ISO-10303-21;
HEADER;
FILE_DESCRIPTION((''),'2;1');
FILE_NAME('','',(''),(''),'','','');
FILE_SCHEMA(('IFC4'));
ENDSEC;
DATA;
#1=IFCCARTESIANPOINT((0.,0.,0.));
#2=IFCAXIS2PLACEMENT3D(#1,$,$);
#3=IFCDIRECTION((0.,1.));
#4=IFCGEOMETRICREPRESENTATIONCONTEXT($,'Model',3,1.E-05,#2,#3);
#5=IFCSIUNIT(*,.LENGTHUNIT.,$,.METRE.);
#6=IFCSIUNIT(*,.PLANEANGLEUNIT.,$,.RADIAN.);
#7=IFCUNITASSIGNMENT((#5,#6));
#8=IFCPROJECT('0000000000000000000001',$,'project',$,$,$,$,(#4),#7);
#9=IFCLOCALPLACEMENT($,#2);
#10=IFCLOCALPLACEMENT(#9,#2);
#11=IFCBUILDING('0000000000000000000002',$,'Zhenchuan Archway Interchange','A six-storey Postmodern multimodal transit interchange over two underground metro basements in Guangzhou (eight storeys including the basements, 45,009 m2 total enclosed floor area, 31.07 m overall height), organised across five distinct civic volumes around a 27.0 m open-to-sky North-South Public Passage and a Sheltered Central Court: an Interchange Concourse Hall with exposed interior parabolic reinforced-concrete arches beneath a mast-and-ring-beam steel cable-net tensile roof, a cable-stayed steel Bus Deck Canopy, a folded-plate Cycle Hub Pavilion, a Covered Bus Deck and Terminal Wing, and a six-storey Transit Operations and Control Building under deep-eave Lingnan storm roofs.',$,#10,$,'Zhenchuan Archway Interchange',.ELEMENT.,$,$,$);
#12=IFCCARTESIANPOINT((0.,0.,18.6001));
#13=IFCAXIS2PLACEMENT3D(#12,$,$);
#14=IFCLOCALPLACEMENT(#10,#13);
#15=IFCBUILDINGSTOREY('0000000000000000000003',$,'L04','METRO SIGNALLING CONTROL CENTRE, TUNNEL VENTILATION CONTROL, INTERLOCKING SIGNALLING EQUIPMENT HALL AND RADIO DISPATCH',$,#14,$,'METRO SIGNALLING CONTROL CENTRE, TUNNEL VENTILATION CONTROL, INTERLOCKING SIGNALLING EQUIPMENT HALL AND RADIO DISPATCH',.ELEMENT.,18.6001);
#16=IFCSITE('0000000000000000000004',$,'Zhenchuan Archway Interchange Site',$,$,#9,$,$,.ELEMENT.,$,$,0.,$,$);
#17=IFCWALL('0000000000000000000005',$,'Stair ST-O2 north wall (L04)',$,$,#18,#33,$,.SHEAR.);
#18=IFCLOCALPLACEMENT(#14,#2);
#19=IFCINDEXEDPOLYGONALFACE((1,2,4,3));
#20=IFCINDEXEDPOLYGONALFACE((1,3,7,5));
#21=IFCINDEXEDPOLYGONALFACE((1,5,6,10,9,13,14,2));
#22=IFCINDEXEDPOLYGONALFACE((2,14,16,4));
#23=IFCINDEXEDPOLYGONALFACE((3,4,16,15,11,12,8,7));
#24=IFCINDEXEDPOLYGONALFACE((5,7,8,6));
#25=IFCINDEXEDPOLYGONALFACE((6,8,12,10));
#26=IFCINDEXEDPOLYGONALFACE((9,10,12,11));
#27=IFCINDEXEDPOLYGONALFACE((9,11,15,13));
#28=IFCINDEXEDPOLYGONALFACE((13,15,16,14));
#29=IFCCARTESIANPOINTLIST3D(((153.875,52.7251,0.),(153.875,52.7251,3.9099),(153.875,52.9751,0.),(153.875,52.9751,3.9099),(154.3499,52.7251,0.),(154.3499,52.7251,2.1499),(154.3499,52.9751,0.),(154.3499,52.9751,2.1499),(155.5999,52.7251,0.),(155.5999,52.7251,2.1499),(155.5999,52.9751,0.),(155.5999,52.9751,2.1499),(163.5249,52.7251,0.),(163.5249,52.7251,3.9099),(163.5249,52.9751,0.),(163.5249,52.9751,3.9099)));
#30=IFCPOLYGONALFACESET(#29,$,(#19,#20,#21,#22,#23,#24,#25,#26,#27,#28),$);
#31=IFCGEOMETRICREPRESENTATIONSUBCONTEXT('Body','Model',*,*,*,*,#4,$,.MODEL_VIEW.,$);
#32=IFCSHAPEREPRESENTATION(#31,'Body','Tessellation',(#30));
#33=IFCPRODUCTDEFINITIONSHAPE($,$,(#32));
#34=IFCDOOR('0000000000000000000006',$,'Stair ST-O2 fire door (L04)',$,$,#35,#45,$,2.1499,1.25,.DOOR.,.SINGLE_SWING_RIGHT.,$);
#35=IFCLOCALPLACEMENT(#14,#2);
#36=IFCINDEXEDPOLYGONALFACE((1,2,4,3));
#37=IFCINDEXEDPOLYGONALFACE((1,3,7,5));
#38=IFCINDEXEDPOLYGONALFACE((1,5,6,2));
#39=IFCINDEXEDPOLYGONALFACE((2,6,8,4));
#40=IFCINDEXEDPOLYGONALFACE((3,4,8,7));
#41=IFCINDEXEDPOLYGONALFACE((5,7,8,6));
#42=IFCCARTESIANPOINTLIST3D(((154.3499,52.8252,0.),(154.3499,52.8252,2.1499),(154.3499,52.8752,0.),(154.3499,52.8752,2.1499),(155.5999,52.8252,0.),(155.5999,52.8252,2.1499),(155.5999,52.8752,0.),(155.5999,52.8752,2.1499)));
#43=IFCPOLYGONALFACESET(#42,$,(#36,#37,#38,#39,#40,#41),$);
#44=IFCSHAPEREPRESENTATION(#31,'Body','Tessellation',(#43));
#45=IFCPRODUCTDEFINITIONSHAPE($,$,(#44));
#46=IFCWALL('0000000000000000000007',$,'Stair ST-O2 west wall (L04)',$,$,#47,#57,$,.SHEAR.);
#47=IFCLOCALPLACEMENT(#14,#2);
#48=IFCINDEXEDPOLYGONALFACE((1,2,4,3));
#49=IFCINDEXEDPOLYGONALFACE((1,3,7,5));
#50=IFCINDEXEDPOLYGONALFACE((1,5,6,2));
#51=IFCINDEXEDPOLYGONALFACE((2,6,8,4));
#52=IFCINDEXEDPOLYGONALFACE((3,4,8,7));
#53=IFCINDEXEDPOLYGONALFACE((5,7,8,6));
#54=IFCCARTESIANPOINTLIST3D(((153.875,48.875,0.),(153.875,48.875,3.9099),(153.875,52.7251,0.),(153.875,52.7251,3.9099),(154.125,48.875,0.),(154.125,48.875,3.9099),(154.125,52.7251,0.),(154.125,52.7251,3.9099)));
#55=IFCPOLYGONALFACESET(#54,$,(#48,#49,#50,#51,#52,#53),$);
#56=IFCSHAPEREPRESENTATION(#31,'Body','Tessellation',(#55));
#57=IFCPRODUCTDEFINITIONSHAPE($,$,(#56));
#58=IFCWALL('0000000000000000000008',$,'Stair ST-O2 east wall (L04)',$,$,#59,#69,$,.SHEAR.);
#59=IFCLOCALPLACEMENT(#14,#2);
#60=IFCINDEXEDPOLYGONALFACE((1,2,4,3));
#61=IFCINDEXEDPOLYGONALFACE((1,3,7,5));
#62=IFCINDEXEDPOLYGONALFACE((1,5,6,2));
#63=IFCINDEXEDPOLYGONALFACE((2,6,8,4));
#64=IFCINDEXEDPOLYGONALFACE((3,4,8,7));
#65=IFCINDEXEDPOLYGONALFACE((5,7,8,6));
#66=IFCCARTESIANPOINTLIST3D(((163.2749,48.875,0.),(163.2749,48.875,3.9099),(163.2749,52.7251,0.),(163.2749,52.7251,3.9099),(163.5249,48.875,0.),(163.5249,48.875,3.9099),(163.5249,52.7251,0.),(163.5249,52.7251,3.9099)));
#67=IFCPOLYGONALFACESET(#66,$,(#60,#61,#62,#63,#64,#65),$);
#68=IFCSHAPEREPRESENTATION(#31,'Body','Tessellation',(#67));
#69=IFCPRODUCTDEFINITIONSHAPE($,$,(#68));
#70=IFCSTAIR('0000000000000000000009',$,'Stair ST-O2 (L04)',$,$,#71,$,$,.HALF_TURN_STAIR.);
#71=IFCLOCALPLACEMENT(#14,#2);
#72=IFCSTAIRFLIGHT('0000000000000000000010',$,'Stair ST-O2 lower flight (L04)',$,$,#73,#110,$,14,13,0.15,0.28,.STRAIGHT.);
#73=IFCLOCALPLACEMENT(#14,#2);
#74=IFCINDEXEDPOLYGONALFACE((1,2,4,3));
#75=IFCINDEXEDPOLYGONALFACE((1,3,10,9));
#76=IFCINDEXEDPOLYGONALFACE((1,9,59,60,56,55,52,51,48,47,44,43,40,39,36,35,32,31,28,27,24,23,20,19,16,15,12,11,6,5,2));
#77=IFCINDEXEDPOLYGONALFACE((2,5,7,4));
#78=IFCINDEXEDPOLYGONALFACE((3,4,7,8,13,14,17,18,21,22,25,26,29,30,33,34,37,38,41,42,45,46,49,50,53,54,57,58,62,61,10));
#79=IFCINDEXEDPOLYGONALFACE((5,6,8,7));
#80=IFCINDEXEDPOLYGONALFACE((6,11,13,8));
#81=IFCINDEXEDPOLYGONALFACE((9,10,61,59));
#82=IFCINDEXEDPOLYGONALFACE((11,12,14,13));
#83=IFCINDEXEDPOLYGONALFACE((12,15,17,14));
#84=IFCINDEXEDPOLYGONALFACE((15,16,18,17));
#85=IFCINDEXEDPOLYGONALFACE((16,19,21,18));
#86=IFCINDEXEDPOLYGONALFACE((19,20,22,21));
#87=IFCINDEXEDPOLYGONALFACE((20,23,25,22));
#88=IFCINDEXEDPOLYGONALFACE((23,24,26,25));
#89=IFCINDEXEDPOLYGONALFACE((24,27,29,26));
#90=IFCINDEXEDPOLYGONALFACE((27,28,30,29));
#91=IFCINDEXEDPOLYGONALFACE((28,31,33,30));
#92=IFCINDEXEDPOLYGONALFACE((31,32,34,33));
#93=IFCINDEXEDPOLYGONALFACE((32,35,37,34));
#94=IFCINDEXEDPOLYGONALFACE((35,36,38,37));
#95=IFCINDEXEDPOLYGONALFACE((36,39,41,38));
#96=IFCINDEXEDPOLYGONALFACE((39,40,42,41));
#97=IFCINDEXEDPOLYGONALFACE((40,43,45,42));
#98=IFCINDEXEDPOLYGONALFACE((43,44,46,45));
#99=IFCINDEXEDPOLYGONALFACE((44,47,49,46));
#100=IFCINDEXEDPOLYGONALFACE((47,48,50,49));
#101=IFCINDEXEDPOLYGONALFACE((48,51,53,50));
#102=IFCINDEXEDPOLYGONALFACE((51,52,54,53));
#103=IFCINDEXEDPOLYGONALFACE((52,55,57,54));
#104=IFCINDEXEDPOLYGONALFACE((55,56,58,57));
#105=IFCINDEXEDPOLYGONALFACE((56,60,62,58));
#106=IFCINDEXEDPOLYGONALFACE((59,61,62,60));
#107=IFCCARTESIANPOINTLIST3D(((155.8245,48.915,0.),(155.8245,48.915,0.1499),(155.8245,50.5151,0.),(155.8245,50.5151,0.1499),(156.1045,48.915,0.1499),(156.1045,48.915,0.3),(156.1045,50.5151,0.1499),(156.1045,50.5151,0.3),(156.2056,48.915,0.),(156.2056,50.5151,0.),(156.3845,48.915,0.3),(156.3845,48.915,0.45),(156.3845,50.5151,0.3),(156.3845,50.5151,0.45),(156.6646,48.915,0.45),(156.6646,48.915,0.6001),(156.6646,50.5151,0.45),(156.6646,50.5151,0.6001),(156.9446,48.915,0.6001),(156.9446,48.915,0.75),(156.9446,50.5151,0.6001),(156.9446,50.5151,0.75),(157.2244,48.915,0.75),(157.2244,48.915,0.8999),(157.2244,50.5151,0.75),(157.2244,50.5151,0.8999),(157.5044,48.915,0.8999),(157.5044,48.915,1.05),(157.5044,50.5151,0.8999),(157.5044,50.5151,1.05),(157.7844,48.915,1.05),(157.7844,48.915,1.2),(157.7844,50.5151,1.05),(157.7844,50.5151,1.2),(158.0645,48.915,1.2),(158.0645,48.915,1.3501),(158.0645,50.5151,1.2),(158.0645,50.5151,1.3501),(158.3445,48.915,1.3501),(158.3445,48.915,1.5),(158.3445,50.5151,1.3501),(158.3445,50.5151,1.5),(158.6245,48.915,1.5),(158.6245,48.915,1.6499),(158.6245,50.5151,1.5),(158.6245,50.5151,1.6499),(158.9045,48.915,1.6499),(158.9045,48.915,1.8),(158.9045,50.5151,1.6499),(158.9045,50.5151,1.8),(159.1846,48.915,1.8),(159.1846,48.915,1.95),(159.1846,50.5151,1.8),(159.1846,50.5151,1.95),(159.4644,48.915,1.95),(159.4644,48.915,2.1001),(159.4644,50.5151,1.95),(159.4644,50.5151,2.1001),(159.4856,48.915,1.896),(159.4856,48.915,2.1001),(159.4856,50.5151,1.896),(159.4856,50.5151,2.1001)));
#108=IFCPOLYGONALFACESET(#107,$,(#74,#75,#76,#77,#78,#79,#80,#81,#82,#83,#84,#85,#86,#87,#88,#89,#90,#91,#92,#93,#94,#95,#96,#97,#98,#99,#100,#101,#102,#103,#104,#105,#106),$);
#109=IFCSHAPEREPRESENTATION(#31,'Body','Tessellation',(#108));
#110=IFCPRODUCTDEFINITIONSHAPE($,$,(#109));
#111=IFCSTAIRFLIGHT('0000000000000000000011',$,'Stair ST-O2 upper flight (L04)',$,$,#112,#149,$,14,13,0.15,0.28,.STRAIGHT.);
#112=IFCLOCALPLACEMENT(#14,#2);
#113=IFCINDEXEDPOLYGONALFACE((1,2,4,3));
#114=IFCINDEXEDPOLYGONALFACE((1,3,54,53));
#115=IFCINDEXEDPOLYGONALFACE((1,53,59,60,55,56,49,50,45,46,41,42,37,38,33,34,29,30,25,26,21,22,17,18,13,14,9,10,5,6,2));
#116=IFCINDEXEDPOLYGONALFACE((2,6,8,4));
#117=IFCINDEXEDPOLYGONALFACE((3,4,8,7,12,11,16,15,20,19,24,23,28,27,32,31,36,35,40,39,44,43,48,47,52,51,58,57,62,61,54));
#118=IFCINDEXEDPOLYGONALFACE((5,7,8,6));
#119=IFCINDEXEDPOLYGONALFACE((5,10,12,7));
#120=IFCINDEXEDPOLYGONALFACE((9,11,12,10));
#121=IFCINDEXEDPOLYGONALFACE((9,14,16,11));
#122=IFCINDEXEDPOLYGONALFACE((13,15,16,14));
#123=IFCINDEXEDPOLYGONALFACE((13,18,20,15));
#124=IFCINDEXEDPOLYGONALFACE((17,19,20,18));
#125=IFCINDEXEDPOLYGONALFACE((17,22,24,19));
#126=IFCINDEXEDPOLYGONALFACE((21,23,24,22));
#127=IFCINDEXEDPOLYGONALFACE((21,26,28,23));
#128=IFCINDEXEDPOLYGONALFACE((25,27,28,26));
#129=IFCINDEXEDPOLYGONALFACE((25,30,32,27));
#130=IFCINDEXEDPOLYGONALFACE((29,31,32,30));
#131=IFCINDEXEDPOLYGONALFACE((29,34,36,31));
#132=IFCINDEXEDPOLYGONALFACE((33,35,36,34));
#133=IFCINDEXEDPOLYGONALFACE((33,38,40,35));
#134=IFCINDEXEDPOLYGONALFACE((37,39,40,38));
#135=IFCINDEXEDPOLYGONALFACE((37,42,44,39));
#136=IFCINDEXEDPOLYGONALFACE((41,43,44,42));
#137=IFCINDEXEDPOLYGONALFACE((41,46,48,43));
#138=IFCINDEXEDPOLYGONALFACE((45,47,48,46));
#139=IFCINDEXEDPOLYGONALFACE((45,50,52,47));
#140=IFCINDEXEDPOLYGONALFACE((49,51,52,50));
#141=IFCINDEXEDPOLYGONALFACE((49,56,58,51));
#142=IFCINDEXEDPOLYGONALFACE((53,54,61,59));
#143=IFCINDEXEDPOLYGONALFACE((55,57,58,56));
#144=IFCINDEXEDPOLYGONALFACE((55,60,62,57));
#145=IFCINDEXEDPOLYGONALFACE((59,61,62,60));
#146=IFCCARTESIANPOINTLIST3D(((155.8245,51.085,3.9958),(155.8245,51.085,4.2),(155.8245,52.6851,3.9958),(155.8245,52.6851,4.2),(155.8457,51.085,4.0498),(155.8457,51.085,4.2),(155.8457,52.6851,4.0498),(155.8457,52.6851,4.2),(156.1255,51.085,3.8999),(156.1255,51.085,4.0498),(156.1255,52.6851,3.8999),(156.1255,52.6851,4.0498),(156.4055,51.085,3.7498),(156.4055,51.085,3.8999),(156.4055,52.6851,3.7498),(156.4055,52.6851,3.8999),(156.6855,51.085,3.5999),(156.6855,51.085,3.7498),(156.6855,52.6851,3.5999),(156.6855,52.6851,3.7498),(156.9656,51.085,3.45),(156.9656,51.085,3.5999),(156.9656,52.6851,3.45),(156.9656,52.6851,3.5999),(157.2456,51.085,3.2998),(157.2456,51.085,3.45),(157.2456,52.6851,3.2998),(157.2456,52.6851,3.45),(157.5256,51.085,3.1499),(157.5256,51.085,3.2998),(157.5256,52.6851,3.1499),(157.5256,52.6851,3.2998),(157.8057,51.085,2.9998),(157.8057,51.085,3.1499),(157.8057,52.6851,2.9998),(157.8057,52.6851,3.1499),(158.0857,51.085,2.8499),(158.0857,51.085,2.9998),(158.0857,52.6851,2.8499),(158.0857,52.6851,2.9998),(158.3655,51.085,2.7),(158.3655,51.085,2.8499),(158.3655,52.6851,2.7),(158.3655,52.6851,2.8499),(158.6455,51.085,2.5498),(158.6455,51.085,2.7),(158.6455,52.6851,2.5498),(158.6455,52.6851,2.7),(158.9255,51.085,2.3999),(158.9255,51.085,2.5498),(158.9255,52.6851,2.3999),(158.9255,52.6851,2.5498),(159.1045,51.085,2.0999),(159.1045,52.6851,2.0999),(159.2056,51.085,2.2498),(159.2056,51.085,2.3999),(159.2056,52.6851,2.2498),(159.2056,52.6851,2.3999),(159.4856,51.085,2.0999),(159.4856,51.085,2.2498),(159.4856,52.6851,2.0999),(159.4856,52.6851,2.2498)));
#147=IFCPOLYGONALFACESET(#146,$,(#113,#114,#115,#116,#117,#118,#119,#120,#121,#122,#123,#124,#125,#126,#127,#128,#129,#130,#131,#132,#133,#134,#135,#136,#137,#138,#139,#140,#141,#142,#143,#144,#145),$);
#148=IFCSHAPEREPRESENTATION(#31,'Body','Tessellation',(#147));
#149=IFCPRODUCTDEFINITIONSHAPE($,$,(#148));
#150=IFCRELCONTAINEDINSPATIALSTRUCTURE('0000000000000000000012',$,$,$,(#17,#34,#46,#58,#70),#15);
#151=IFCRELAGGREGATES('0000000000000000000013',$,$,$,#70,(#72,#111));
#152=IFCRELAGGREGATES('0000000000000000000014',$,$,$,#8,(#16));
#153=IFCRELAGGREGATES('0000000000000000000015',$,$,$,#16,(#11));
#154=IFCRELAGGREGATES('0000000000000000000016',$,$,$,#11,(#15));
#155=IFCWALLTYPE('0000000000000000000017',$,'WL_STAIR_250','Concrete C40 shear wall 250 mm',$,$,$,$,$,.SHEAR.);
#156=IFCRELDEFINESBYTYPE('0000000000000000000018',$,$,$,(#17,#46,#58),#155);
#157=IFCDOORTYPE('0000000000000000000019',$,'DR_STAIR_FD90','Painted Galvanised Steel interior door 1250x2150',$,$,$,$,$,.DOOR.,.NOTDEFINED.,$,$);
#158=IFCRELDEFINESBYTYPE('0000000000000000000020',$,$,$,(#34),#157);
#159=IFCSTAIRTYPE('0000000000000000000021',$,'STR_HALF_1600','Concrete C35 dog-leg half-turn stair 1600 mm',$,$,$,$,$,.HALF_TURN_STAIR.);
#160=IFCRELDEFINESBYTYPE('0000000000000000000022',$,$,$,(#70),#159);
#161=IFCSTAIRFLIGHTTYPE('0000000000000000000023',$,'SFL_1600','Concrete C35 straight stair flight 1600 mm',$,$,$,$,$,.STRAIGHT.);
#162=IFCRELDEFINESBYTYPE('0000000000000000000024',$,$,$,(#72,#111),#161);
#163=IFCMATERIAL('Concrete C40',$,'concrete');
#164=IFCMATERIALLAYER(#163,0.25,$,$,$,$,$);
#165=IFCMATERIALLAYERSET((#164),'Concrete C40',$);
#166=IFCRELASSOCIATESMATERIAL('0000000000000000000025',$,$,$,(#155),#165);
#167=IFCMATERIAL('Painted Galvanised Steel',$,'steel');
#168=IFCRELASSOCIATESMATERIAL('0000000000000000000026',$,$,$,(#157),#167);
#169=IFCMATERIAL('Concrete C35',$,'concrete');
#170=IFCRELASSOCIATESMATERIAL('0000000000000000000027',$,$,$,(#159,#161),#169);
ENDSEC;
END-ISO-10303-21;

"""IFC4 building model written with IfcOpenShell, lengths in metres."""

from ifc_helpers import new_model, si_unit, direction, frame, frame_2d, origin, place, context, subcontext, project, spatial, polyline, rectangle, outline, extrude, material, layer, layer_set, type_object, element, fill, aggregate, save


model = new_model("IFC4")

# Units and contexts
model_context = context("Model", 3, precision=1e-05, world=origin(), true_north=direction((0.0, 1.0)))
body_context = subcontext(model_context, "Body", "Model", "MODEL_VIEW")
ifc_project = project(units=[si_unit("LENGTHUNIT", "METRE"), si_unit("PLANEANGLEUNIT", "RADIAN")], contexts=[model_context])

# Site, building, storey
site_placement = place(None, origin())
site = spatial("IfcSite", under=ifc_project, at=site_placement, Name="Zhenchuan Archway Interchange Site", CompositionType="ELEMENT", RefElevation=0.0)
building_placement = place(site_placement, origin())
building = spatial("IfcBuilding", under=site, at=building_placement, Name="Zhenchuan Archway Interchange", Description="A six-storey Postmodern multimodal transit interchange over two underground metro basements in Guangzhou (eight storeys including the basements, 45,009 m2 total enclosed floor area, 31.07 m overall height), organised across five distinct civic volumes around a 27.0 m open-to-sky North-South Public Passage and a Sheltered Central Court: an Interchange Concourse Hall with exposed interior parabolic reinforced-concrete arches beneath a mast-and-ring-beam steel cable-net tensile roof, a cable-stayed steel Bus Deck Canopy, a folded-plate Cycle Hub Pavilion, a Covered Bus Deck and Terminal Wing, and a six-storey Transit Operations and Control Building under deep-eave Lingnan storm roofs.", LongName="Zhenchuan Archway Interchange", CompositionType="ELEMENT")
storey_placement = place(building_placement, frame((0.0, 0.0, 18.6001)))
storey = spatial("IfcBuildingStorey", under=building, at=storey_placement, Name="L04", Description="METRO SIGNALLING CONTROL CENTRE, TUNNEL VENTILATION CONTROL, INTERLOCKING SIGNALLING EQUIPMENT HALL AND RADIO DISPATCH", LongName="METRO SIGNALLING CONTROL CENTRE, TUNNEL VENTILATION CONTROL, INTERLOCKING SIGNALLING EQUIPMENT HALL AND RADIO DISPATCH", CompositionType="ELEMENT", Elevation=18.6001)

# Shared definitions
ifc_material_1 = material(Name="Concrete C40", Category="concrete")

# Shared definitions
ifc_layer_1 = layer(ifc_material_1, 0.25)
ifc_layer_set_1 = layer_set([ifc_layer_1], Name="Concrete C40")
wall_type_1 = type_object("IfcWallType", Name="WL_STAIR_250", Description="Concrete C40 shear wall 250 mm", PredefinedType="SHEAR", material=ifc_layer_set_1)

# Wall, opening, door
wall_1_placement = place(storey_placement, frame((163.5249, 52.8501, 0.0), z_axis=(0.0, 0.0, 1.0), x_axis=(-1.0, 0.0, 0.0)))
wall_1 = element("IfcWall", 1, at=wall_1_placement, inside=storey, type_object=wall_type_1, Name="Stair ST-O2 north wall (L04)", PredefinedType="SHEAR", context=body_context, shape_type="SweptSolid", body=[
    extrude(rectangle(XDim=9.6499, YDim=0.25, at=frame_2d((4.825, 0.0))), origin(), (0.0, 0.0, 1.0), 3.9099),
])
opening_1_placement = place(wall_1_placement, frame((7.925, 0.0, 0.0)))
opening_1 = element("IfcOpeningElement", 2, at=opening_1_placement, cuts=wall_1, PredefinedType="OPENING", context=body_context, shape_type="SweptSolid", body=[
    extrude(rectangle(XDim=1.25, YDim=2.1499, at=frame_2d((0.625, 1.075))), frame((0.0, 0.137, 0.0), z_axis=(0.0, -1.0, 0.0), x_axis=(1.0, 0.0, 0.0)), (0.0, 0.0, 1.0), 0.2739),
])
ifc_material_2 = material(Name="Painted Galvanised Steel", Category="steel")
door_type_1 = type_object("IfcDoorType", Name="DR_STAIR_FD90", Description="Painted Galvanised Steel interior door 1250x2150", OperationType="NOTDEFINED", PredefinedType="DOOR", material=ifc_material_2)
door_1_placement = place(opening_1_placement, origin())
door_1 = element("IfcDoor", 3, at=door_1_placement, inside=storey, type_object=door_type_1, Name="Stair ST-O2 fire door (L04)", OperationType="SINGLE_SWING_RIGHT", OverallHeight=2.1499, OverallWidth=1.25, PredefinedType="DOOR", context=body_context, shape_type="SweptSolid", body=[
    extrude(rectangle(XDim=1.25, YDim=2.1499, at=frame_2d((0.625, 1.075))), frame((0.0, 0.0249, 0.0), z_axis=(0.0, -1.0, 0.0), x_axis=(1.0, 0.0, 0.0)), (0.0, 0.0, 1.0), 0.05),
])
fill(opening_1, door_1)

# Walls
for number, where, z_axis, x_axis, name in (
    (4, (154.0, 52.7251, 0.0), (0.0, 0.0, 1.0), (0.0, -1.0, 0.0), "Stair ST-O2 west wall (L04)"),
    (5, (163.3999, 48.875, 0.0), (0.0, 0.0, 1.0), (0.0, 1.0, 0.0), "Stair ST-O2 east wall (L04)"),
):
    element("IfcWall", number, at=place(storey_placement, frame(where, z_axis=z_axis, x_axis=x_axis)), inside=storey, type_object=wall_type_1, Name=name, PredefinedType="SHEAR", context=body_context, shape_type="SweptSolid", body=[
        extrude(rectangle(XDim=3.8501, YDim=0.25, at=frame_2d((1.925, 0.0))), origin(), (0.0, 0.0, 1.0), 3.9099),
    ])

# Stair, stair flights
ifc_material_3 = material(Name="Concrete C35", Category="concrete")
stair_type = type_object("IfcStairType", Name="STR_HALF_1600", Description="Concrete C35 dog-leg half-turn stair 1600 mm", PredefinedType="HALF_TURN_STAIR", material=ifc_material_3)
stair_placement = place(storey_placement, origin())
stair = element("IfcStair", 6, at=stair_placement, inside=storey, type_object=stair_type, Name="Stair ST-O2 (L04)", PredefinedType="HALF_TURN_STAIR")
stair_flight_type = type_object("IfcStairFlightType", Name="SFL_1600", Description="Concrete C35 straight stair flight 1600 mm", PredefinedType="STRAIGHT", material=ifc_material_3)
stair_flight_1_placement = place(storey_placement, frame((155.8245, 49.7151, 0.0), z_axis=(0.0, 0.0, 1.0), x_axis=(1.0, 0.0, 0.0)))
stair_flight_1 = element("IfcStairFlight", 7, at=stair_flight_1_placement, type_object=stair_flight_type, Name="Stair ST-O2 lower flight (L04)", NumberOfRisers=14, NumberOfTreads=13, PredefinedType="STRAIGHT", RiserHeight=0.15, TreadLength=0.28, context=body_context, shape_type="SweptSolid", body=[
    extrude(outline(polyline([(0.0, 0.0), (0.0, 0.1499), (0.28, 0.1499), (0.28, 0.3), (0.5601, 0.3), (0.5601, 0.45), (0.8401, 0.45), (0.8401, 0.6001), (1.1201, 0.6001), (1.1201, 0.75), (1.3999, 0.75), (1.3999, 0.8999), (1.6799, 0.8999), (1.6799, 1.05), (1.96, 1.05), (1.96, 1.2), (2.24, 1.2), (2.24, 1.3501), (2.52, 1.3501), (2.52, 1.5), (2.8, 1.5), (2.8, 1.6499), (3.0801, 1.6499), (3.0801, 1.8), (3.3601, 1.8), (3.3601, 1.95), (3.6399, 1.95), (3.6399, 2.1001), (3.6611, 2.1001), (3.6611, 1.896), (0.3811, 0.0), (0.0, 0.0)])), frame((0.0, 0.8, 0.0), z_axis=(0.0, -1.0, 0.0), x_axis=(1.0, 0.0, 0.0)), (0.0, 0.0, 1.0), 1.6001),
])
stair_flight_2_placement = place(storey_placement, frame((159.4856, 51.885, 2.0999), z_axis=(0.0, 0.0, 1.0), x_axis=(-1.0, 0.0, 0.0)))
stair_flight_2 = element("IfcStairFlight", 8, at=stair_flight_2_placement, type_object=stair_flight_type, Name="Stair ST-O2 upper flight (L04)", NumberOfRisers=14, NumberOfTreads=13, PredefinedType="STRAIGHT", RiserHeight=0.15, TreadLength=0.28, context=body_context, shape_type="SweptSolid", body=[
    extrude(outline(polyline([(0.0, 0.0), (0.0, 0.1499), (0.28, 0.1499), (0.28, 0.3), (0.5601, 0.3), (0.5601, 0.45), (0.8401, 0.45), (0.8401, 0.6001), (1.1201, 0.6001), (1.1201, 0.75), (1.3999, 0.75), (1.3999, 0.8999), (1.6799, 0.8999), (1.6799, 1.05), (1.96, 1.05), (1.96, 1.2), (2.24, 1.2), (2.24, 1.3501), (2.52, 1.3501), (2.52, 1.5), (2.8, 1.5), (2.8, 1.6499), (3.0801, 1.6499), (3.0801, 1.8), (3.3601, 1.8), (3.3601, 1.95), (3.6399, 1.95), (3.6399, 2.1001), (3.6611, 2.1001), (3.6611, 1.896), (0.3811, 0.0), (0.0, 0.0)])), frame((0.0, 0.8, 0.0), z_axis=(0.0, -1.0, 0.0), x_axis=(1.0, 0.0, 0.0)), (0.0, 0.0, 1.0), 1.6001),
])
aggregate(stair, [stair_flight_1, stair_flight_2])

save(model, "model.ifc")
